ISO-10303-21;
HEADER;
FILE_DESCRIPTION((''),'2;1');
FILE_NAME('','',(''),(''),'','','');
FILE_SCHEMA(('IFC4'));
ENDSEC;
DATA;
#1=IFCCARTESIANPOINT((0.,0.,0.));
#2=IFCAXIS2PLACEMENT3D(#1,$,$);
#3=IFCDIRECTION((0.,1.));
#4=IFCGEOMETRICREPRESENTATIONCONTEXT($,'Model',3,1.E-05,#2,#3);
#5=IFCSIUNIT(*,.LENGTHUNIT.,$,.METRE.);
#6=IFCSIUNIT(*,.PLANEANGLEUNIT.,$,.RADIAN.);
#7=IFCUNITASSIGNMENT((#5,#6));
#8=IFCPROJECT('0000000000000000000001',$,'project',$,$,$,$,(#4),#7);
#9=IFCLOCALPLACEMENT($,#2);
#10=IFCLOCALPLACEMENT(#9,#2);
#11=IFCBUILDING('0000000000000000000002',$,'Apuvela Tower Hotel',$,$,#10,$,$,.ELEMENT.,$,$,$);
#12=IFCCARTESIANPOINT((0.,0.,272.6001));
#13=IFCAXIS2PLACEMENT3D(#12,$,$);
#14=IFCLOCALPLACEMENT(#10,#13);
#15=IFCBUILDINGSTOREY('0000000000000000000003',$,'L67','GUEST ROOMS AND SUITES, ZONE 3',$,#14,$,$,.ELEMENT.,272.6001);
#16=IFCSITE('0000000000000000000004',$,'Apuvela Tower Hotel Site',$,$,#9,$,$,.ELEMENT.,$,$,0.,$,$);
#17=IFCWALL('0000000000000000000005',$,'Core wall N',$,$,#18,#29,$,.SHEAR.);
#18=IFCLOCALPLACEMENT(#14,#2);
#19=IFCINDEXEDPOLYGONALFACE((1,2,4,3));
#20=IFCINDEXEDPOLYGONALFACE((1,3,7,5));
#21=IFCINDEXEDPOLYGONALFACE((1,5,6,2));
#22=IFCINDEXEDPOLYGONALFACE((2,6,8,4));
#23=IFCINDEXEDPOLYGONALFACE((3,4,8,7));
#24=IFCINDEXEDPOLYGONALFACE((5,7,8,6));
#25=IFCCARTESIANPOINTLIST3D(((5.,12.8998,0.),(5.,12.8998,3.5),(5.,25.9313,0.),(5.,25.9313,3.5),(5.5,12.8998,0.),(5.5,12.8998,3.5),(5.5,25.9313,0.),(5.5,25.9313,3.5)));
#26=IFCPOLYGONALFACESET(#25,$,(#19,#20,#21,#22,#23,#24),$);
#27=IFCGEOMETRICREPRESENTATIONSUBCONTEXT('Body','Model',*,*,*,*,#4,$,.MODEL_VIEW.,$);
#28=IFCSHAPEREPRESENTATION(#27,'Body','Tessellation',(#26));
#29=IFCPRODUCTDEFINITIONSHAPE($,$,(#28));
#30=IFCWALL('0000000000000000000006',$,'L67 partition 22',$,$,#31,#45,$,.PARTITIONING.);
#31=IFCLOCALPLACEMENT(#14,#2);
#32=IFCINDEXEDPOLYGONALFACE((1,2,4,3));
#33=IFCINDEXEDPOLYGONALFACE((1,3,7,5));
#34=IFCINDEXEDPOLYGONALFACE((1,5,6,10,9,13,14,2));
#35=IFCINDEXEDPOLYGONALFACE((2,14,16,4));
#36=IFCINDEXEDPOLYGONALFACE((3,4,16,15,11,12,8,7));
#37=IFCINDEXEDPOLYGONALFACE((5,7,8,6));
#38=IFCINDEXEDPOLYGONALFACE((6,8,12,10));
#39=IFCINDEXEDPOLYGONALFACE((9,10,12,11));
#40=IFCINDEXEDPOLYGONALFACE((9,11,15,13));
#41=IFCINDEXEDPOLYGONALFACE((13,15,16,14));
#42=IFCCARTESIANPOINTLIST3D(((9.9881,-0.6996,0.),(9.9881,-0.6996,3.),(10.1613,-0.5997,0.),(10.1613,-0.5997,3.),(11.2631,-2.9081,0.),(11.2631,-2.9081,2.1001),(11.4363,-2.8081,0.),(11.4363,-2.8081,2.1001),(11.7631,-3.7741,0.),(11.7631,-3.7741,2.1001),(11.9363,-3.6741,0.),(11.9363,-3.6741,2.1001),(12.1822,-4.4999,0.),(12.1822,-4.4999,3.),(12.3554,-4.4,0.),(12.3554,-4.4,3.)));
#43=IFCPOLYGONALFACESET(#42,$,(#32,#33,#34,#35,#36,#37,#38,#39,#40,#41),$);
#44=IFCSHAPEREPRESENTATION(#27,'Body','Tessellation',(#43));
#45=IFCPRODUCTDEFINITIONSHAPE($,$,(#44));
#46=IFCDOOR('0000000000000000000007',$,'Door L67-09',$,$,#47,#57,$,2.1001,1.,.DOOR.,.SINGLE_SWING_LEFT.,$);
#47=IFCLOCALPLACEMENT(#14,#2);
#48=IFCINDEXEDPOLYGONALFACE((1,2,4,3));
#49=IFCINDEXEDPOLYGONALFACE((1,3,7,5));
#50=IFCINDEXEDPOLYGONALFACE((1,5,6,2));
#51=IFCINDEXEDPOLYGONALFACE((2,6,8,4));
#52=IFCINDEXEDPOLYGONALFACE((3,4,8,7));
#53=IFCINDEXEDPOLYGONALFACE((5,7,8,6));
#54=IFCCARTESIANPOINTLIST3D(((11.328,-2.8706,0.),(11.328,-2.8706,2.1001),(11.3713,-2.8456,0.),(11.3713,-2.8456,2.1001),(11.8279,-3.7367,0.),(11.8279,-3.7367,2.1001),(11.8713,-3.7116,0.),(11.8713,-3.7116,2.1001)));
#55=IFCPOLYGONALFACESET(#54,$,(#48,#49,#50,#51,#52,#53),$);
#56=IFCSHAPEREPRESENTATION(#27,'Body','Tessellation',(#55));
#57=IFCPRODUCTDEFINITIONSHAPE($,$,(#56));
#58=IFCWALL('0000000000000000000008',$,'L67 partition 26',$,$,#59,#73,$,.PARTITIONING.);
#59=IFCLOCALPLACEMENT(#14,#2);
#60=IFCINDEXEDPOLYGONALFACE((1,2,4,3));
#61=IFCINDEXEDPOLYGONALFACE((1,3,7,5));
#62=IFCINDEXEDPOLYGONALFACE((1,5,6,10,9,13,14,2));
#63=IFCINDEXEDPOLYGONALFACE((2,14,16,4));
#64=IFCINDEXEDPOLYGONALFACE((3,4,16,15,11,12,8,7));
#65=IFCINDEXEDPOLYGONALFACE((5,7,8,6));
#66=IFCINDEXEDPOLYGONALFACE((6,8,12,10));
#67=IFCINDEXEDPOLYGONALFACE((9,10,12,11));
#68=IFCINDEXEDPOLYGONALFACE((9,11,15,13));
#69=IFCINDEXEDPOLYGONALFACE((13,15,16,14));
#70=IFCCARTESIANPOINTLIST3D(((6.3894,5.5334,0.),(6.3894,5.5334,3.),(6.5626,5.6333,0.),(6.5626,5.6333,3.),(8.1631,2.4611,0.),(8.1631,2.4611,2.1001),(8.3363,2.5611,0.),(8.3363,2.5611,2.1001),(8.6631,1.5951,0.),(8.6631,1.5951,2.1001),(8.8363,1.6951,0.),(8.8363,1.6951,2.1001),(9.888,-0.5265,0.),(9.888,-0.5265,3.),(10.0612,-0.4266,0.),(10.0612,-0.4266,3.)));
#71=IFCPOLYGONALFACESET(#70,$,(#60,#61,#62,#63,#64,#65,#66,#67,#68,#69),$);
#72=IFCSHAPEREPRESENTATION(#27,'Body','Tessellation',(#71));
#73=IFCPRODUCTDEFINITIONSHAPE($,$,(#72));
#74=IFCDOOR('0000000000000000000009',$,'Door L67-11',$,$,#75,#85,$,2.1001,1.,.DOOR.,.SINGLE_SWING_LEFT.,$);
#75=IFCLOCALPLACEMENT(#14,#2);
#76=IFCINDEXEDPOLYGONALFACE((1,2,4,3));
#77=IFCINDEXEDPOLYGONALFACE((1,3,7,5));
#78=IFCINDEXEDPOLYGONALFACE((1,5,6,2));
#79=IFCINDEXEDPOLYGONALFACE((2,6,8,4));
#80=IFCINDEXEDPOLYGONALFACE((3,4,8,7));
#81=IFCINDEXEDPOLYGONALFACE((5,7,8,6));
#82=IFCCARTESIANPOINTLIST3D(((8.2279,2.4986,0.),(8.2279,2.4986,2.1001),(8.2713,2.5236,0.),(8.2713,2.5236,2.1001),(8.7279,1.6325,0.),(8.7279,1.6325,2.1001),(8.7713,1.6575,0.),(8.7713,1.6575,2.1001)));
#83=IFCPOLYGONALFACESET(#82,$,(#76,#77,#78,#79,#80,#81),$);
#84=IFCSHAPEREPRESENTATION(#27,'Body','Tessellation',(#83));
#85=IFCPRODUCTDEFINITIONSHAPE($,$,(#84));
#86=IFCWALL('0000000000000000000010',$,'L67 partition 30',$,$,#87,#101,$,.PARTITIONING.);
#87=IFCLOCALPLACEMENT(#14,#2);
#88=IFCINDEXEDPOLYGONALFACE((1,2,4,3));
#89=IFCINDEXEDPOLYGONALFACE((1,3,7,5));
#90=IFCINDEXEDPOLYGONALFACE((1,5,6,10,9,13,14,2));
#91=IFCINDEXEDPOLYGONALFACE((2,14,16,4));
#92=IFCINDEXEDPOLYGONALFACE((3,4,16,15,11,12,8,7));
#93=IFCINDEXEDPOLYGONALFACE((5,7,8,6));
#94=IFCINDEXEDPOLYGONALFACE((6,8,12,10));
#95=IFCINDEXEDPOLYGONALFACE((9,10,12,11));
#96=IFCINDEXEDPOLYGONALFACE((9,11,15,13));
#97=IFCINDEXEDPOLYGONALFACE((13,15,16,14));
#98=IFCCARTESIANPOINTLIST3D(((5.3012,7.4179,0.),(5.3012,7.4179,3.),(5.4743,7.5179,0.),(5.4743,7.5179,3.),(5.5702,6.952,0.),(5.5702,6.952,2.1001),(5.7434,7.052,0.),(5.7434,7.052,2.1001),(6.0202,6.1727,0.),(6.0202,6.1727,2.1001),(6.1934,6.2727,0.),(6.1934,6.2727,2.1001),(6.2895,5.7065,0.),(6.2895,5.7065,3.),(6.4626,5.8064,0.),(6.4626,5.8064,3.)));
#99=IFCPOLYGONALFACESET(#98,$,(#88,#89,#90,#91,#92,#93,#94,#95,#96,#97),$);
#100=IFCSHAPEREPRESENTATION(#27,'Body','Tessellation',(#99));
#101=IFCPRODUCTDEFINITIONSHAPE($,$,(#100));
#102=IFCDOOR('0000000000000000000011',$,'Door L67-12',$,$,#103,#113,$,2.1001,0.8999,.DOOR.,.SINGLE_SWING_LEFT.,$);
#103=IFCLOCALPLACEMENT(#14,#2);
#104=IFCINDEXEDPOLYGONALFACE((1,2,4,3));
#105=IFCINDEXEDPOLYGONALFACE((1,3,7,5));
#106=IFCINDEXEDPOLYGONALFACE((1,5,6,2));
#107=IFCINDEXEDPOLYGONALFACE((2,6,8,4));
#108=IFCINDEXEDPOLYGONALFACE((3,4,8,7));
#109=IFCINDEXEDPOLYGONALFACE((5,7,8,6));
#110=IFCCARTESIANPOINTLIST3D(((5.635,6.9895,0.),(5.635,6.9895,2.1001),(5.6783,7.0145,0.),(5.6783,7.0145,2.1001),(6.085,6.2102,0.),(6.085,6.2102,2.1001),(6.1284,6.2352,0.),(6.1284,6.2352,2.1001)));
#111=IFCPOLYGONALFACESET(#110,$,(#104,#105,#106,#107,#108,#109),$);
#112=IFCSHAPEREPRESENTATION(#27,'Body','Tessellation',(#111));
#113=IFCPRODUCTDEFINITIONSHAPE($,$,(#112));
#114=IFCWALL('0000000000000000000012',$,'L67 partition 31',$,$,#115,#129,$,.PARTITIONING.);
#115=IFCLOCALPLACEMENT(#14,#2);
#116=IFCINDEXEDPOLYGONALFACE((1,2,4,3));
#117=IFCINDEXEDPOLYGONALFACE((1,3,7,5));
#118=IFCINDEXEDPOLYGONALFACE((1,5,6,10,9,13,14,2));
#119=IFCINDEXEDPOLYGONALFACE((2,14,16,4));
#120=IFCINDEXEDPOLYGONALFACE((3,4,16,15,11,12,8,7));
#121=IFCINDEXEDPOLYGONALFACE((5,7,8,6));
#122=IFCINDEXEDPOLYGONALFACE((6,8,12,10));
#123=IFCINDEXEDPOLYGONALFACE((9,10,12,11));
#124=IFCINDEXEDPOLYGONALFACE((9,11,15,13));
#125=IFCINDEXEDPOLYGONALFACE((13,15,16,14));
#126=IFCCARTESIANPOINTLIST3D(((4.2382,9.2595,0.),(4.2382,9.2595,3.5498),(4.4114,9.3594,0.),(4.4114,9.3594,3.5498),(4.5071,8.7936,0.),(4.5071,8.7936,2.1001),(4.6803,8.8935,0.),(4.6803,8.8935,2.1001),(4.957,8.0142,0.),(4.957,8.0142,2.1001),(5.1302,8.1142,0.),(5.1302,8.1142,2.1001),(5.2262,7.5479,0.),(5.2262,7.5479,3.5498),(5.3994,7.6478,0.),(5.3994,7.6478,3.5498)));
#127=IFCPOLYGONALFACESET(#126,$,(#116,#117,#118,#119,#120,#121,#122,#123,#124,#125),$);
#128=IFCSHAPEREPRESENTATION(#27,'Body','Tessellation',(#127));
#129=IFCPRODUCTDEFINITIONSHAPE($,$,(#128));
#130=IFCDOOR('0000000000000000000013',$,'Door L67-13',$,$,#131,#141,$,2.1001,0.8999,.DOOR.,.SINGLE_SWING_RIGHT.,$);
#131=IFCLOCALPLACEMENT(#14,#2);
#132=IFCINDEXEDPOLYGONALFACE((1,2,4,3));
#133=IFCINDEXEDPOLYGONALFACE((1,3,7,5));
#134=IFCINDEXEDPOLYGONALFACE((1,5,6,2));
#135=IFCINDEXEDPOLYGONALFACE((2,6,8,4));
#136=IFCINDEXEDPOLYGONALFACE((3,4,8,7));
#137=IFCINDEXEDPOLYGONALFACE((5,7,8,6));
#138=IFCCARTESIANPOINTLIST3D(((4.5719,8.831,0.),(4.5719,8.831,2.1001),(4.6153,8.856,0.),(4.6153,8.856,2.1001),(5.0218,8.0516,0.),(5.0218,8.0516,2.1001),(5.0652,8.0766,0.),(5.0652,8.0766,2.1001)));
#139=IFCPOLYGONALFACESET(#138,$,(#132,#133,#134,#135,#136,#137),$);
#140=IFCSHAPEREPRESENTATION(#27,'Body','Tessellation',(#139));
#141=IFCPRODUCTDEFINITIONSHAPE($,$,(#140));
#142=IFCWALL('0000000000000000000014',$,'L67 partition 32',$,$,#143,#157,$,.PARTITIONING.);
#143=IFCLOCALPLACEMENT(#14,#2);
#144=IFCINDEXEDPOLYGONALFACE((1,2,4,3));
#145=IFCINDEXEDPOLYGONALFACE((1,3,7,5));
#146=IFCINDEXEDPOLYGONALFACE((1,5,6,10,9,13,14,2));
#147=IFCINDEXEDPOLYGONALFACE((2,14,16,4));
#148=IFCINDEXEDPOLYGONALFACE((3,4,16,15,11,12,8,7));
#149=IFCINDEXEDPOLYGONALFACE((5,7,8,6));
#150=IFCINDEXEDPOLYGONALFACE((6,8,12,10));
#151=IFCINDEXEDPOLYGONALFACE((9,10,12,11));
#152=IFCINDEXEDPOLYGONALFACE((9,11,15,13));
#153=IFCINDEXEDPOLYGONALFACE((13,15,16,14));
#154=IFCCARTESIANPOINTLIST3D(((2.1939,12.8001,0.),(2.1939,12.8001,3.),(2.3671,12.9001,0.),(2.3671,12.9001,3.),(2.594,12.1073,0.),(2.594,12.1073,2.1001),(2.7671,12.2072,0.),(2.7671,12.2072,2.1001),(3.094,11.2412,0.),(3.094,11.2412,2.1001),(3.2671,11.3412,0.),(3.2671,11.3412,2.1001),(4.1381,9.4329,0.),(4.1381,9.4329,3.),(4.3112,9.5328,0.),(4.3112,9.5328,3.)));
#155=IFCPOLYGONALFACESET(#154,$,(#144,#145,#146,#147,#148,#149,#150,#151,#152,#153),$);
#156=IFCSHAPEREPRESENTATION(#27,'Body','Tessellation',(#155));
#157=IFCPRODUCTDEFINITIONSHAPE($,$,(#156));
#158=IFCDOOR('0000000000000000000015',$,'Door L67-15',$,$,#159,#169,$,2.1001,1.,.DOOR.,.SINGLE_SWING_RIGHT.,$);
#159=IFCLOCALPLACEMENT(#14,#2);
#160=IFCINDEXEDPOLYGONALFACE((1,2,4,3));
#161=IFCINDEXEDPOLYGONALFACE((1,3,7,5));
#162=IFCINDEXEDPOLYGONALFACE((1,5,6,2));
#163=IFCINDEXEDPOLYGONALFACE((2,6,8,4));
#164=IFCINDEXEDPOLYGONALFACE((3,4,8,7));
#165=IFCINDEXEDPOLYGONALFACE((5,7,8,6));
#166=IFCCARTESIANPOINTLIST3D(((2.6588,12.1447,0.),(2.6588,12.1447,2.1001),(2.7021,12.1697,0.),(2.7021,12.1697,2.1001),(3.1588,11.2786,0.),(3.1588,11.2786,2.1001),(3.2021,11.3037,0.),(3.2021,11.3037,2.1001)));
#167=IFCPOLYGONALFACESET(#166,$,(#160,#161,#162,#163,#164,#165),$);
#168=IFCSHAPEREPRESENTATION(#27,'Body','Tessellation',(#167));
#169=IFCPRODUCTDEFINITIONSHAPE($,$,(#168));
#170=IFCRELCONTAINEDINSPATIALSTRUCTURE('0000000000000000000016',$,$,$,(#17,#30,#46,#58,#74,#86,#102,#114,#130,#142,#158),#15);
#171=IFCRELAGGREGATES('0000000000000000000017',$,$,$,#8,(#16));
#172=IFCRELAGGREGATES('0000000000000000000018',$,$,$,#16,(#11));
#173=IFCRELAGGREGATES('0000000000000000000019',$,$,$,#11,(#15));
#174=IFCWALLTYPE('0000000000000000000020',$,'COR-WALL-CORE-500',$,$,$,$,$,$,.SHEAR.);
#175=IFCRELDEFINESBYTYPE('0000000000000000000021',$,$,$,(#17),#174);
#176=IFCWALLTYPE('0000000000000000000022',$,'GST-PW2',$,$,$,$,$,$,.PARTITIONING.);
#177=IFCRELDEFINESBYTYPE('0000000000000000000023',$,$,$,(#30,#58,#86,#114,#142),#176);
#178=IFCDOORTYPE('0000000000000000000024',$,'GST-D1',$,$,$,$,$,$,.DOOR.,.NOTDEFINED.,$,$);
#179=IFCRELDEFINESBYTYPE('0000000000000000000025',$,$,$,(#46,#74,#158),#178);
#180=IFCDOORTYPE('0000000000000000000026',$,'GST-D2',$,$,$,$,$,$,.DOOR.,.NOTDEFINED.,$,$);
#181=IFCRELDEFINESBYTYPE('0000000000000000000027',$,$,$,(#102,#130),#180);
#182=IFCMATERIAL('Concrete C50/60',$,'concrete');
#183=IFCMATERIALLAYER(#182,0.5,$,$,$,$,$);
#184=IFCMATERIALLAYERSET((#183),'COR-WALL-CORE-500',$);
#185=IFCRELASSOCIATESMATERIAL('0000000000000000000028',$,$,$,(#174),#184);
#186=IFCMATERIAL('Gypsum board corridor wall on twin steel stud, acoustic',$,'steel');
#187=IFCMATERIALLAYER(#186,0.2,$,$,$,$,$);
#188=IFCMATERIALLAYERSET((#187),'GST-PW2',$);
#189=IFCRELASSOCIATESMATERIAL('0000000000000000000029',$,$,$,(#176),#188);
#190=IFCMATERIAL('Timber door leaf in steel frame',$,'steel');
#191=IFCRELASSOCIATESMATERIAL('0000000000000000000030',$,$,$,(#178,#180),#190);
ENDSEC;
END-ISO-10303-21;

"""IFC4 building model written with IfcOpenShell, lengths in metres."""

from ifc_helpers import new_model, si_unit, direction, frame, frame_2d, origin, place, context, subcontext, project, spatial, rectangle, extrude, material, layer, layer_set, type_object, element, fill, save


model = new_model("IFC4")

# Units and contexts
model_context = context("Model", 3, precision=1e-05, world=origin(), true_north=direction((0.0, 1.0)))
body_context = subcontext(model_context, "Body", "Model", "MODEL_VIEW")
ifc_project = project(units=[si_unit("LENGTHUNIT", "METRE"), si_unit("PLANEANGLEUNIT", "RADIAN")], contexts=[model_context])

# Site, building, storey
site_placement = place(None, origin())
site = spatial("IfcSite", under=ifc_project, at=site_placement, Name="Apuvela Tower Hotel Site", CompositionType="ELEMENT", RefElevation=0.0)
building_placement = place(site_placement, origin())
building = spatial("IfcBuilding", under=site, at=building_placement, Name="Apuvela Tower Hotel", CompositionType="ELEMENT")
storey_placement = place(building_placement, frame((0.0, 0.0, 272.6001)))
storey = spatial("IfcBuildingStorey", under=building, at=storey_placement, Name="L67", Description="GUEST ROOMS AND SUITES, ZONE 3", CompositionType="ELEMENT", Elevation=272.6001)

# Shared definitions
ifc_material_1 = material(Name="Concrete C50/60", Category="concrete")

# Wall
ifc_layer_1 = layer(ifc_material_1, 0.5)
ifc_layer_set_1 = layer_set([ifc_layer_1], Name="COR-WALL-CORE-500")
wall_type_1 = type_object("IfcWallType", Name="COR-WALL-CORE-500", PredefinedType="SHEAR", material=ifc_layer_set_1)
wall_1_placement = place(storey_placement, frame((5.25, 12.8999, 0.0), z_axis=(0.0, 0.0, 1.0), x_axis=(0.0, 1.0, 0.0)))
element("IfcWall", 1, at=wall_1_placement, inside=storey, type_object=wall_type_1, Name="Core wall N", PredefinedType="SHEAR", context=body_context, shape_type="SweptSolid", body=[
    extrude(rectangle(XDim=13.0315, YDim=0.5, at=frame_2d((6.5156, 0.0))), origin(), (0.0, 0.0, 1.0), 3.5),
])

# Walls, openings, doors
ifc_material_2 = material(Name="Gypsum board corridor wall on twin steel stud, acoustic", Category="steel")
ifc_layer_2 = layer(ifc_material_2, 0.2)
ifc_layer_set_2 = layer_set([ifc_layer_2], Name="GST-PW2")
wall_type_2 = type_object("IfcWallType", Name="GST-PW2", PredefinedType="PARTITIONING", material=ifc_layer_set_2)
wall_2_placement = place(storey_placement, frame((10.0747, -0.6497, 0.0), z_axis=(0.0, 0.0, 1.0), x_axis=(0.499999, -0.866026, 0.0)))
wall_2 = element("IfcWall", 2, at=wall_2_placement, inside=storey, type_object=wall_type_2, Name="L67 partition 22", PredefinedType="PARTITIONING", context=body_context, shape_type="SweptSolid", body=[
    extrude(rectangle(XDim=4.3882, YDim=0.2, at=frame_2d((2.1941, 0.0))), origin(), (0.0, 0.0, 1.0), 3.0),
])
opening_1_placement = place(wall_2_placement, frame((2.55, 0.0, 0.0)))
opening_1 = element("IfcOpeningElement", 3, at=opening_1_placement, cuts=wall_2, PredefinedType="OPENING", context=body_context, shape_type="SweptSolid", body=[
    extrude(rectangle(XDim=1.0, YDim=2.1001, at=frame_2d((0.5, 1.05))), frame((0.0, 0.1099, 0.0), z_axis=(0.0, -1.0, 0.0), x_axis=(1.0, 0.0, 0.0)), (0.0, 0.0, 1.0), 0.22),
])
ifc_material_3 = material(Name="Timber door leaf in steel frame", Category="steel")
door_type_1 = type_object("IfcDoorType", Name="GST-D1", OperationType="NOTDEFINED", PredefinedType="DOOR", material=ifc_material_3)
door_1_placement = place(opening_1_placement, origin())
door_1 = element("IfcDoor", 4, at=door_1_placement, inside=storey, type_object=door_type_1, Name="Door L67-09", OperationType="SINGLE_SWING_LEFT", OverallHeight=2.1001, OverallWidth=1.0, PredefinedType="DOOR", context=body_context, shape_type="SweptSolid", body=[
    extrude(rectangle(XDim=1.0, YDim=2.1001, at=frame_2d((0.5, 1.05))), frame((0.0, 0.0249, 0.0), z_axis=(0.0, -1.0, 0.0), x_axis=(1.0, 0.0, 0.0)), (0.0, 0.0, 1.0), 0.05),
])
fill(opening_1, door_1)
wall_3_placement = place(storey_placement, frame((6.4761, 5.5833, 0.0), z_axis=(0.0, 0.0, 1.0), x_axis=(0.499989, -0.866032, 0.0)))
wall_3 = element("IfcWall", 5, at=wall_3_placement, inside=storey, type_object=wall_type_2, Name="L67 partition 26", PredefinedType="PARTITIONING", context=body_context, shape_type="SweptSolid", body=[
    extrude(rectangle(XDim=6.9973, YDim=0.2, at=frame_2d((3.4985, 0.0))), origin(), (0.0, 0.0, 1.0), 3.0),
])
opening_2_placement = place(wall_3_placement, frame((3.5474, 0.0, 0.0)))
opening_2 = element("IfcOpeningElement", 6, at=opening_2_placement, cuts=wall_3, PredefinedType="OPENING", context=body_context, shape_type="SweptSolid", body=[
    extrude(rectangle(XDim=1.0, YDim=2.1001, at=frame_2d((0.5, 1.05))), frame((0.0, 0.1099, 0.0), z_axis=(0.0, -1.0, 0.0), x_axis=(1.0, 0.0, 0.0)), (0.0, 0.0, 1.0), 0.22),
])
door_2_placement = place(opening_2_placement, origin())
door_2 = element("IfcDoor", 7, at=door_2_placement, inside=storey, type_object=door_type_1, Name="Door L67-11", OperationType="SINGLE_SWING_LEFT", OverallHeight=2.1001, OverallWidth=1.0, PredefinedType="DOOR", context=body_context, shape_type="SweptSolid", body=[
    extrude(rectangle(XDim=1.0, YDim=2.1001, at=frame_2d((0.5, 1.05))), frame((0.0, 0.0249, 0.0), z_axis=(0.0, -1.0, 0.0), x_axis=(1.0, 0.0, 0.0)), (0.0, 0.0, 1.0), 0.05),
])
fill(opening_2, door_2)
wall_4_placement = place(storey_placement, frame((5.3877, 7.468, 0.0), z_axis=(0.0, 0.0, 1.0), x_axis=(0.500072, -0.865984, 0.0)))
wall_4 = element("IfcWall", 8, at=wall_4_placement, inside=storey, type_object=wall_type_2, Name="L67 partition 30", PredefinedType="PARTITIONING", context=body_context, shape_type="SweptSolid", body=[
    extrude(rectangle(XDim=1.9763, YDim=0.2, at=frame_2d((0.9883, 0.0))), origin(), (0.0, 0.0, 1.0), 3.0),
])
opening_3_placement = place(wall_4_placement, frame((0.5381, 0.0, 0.0)))
opening_3 = element("IfcOpeningElement", 9, at=opening_3_placement, cuts=wall_4, PredefinedType="OPENING", context=body_context, shape_type="SweptSolid", body=[
    extrude(rectangle(XDim=0.8999, YDim=2.1001, at=frame_2d((0.45, 1.05))), frame((0.0, 0.1099, 0.0), z_axis=(0.0, -1.0, 0.0), x_axis=(1.0, 0.0, 0.0)), (0.0, 0.0, 1.0), 0.22),
])
door_type_2 = type_object("IfcDoorType", Name="GST-D2", OperationType="NOTDEFINED", PredefinedType="DOOR", material=ifc_material_3)
door_3_placement = place(opening_3_placement, origin())
door_3 = element("IfcDoor", 10, at=door_3_placement, inside=storey, type_object=door_type_2, Name="Door L67-12", OperationType="SINGLE_SWING_LEFT", OverallHeight=2.1001, OverallWidth=0.8999, PredefinedType="DOOR", context=body_context, shape_type="SweptSolid", body=[
    extrude(rectangle(XDim=0.8999, YDim=2.1001, at=frame_2d((0.45, 1.05))), frame((0.0, 0.0249, 0.0), z_axis=(0.0, -1.0, 0.0), x_axis=(1.0, 0.0, 0.0)), (0.0, 0.0, 1.0), 0.05),
])
fill(opening_3, door_3)
wall_5_placement = place(storey_placement, frame((4.3247, 9.3096, 0.0), z_axis=(0.0, 0.0, 1.0), x_axis=(0.499926, -0.866068, 0.0)))
wall_5 = element("IfcWall", 11, at=wall_5_placement, inside=storey, type_object=wall_type_2, Name="L67 partition 31", PredefinedType="PARTITIONING", context=body_context, shape_type="SweptSolid", body=[
    extrude(rectangle(XDim=1.9763, YDim=0.2, at=frame_2d((0.9883, 0.0))), origin(), (0.0, 0.0, 1.0), 3.5498),
])
opening_4_placement = place(wall_5_placement, frame((0.5381, 0.0, 0.0)))
opening_4 = element("IfcOpeningElement", 12, at=opening_4_placement, cuts=wall_5, PredefinedType="OPENING", context=body_context, shape_type="SweptSolid", body=[
    extrude(rectangle(XDim=0.8999, YDim=2.1001, at=frame_2d((0.45, 1.05))), frame((0.0, 0.1099, 0.0), z_axis=(0.0, -1.0, 0.0), x_axis=(1.0, 0.0, 0.0)), (0.0, 0.0, 1.0), 0.22),
])
door_4_placement = place(opening_4_placement, origin())
door_4 = element("IfcDoor", 13, at=door_4_placement, inside=storey, type_object=door_type_2, Name="Door L67-13", OperationType="SINGLE_SWING_RIGHT", OverallHeight=2.1001, OverallWidth=0.8999, PredefinedType="DOOR", context=body_context, shape_type="SweptSolid", body=[
    extrude(rectangle(XDim=0.8999, YDim=2.1001, at=frame_2d((0.45, 1.05))), frame((0.0, 0.0249, 0.0), z_axis=(0.0, -1.0, 0.0), x_axis=(1.0, 0.0, 0.0)), (0.0, 0.0, 1.0), 0.05),
])
fill(opening_4, door_4)
wall_6_placement = place(storey_placement, frame((2.2805, 12.8501, 0.0), z_axis=(0.0, 0.0, 1.0), x_axis=(0.500009, -0.86602, 0.0)))
wall_6 = element("IfcWall", 14, at=wall_6_placement, inside=storey, type_object=wall_type_2, Name="L67 partition 32", PredefinedType="PARTITIONING", context=body_context, shape_type="SweptSolid", body=[
    extrude(rectangle(XDim=3.8882, YDim=0.2, at=frame_2d((1.9441, 0.0))), origin(), (0.0, 0.0, 1.0), 3.0),
])
opening_5_placement = place(wall_6_placement, frame((0.8, 0.0, 0.0)))
opening_5 = element("IfcOpeningElement", 15, at=opening_5_placement, cuts=wall_6, PredefinedType="OPENING", context=body_context, shape_type="SweptSolid", body=[
    extrude(rectangle(XDim=1.0, YDim=2.1001, at=frame_2d((0.5, 1.05))), frame((0.0, 0.1099, 0.0), z_axis=(0.0, -1.0, 0.0), x_axis=(1.0, 0.0, 0.0)), (0.0, 0.0, 1.0), 0.22),
])
door_5_placement = place(opening_5_placement, origin())
door_5 = element("IfcDoor", 16, at=door_5_placement, inside=storey, type_object=door_type_1, Name="Door L67-15", OperationType="SINGLE_SWING_RIGHT", OverallHeight=2.1001, OverallWidth=1.0, PredefinedType="DOOR", context=body_context, shape_type="SweptSolid", body=[
    extrude(rectangle(XDim=1.0, YDim=2.1001, at=frame_2d((0.5, 1.05))), frame((0.0, 0.0249, 0.0), z_axis=(0.0, -1.0, 0.0), x_axis=(1.0, 0.0, 0.0)), (0.0, 0.0, 1.0), 0.05),
])
fill(opening_5, door_5)

save(model, "model.ifc")
